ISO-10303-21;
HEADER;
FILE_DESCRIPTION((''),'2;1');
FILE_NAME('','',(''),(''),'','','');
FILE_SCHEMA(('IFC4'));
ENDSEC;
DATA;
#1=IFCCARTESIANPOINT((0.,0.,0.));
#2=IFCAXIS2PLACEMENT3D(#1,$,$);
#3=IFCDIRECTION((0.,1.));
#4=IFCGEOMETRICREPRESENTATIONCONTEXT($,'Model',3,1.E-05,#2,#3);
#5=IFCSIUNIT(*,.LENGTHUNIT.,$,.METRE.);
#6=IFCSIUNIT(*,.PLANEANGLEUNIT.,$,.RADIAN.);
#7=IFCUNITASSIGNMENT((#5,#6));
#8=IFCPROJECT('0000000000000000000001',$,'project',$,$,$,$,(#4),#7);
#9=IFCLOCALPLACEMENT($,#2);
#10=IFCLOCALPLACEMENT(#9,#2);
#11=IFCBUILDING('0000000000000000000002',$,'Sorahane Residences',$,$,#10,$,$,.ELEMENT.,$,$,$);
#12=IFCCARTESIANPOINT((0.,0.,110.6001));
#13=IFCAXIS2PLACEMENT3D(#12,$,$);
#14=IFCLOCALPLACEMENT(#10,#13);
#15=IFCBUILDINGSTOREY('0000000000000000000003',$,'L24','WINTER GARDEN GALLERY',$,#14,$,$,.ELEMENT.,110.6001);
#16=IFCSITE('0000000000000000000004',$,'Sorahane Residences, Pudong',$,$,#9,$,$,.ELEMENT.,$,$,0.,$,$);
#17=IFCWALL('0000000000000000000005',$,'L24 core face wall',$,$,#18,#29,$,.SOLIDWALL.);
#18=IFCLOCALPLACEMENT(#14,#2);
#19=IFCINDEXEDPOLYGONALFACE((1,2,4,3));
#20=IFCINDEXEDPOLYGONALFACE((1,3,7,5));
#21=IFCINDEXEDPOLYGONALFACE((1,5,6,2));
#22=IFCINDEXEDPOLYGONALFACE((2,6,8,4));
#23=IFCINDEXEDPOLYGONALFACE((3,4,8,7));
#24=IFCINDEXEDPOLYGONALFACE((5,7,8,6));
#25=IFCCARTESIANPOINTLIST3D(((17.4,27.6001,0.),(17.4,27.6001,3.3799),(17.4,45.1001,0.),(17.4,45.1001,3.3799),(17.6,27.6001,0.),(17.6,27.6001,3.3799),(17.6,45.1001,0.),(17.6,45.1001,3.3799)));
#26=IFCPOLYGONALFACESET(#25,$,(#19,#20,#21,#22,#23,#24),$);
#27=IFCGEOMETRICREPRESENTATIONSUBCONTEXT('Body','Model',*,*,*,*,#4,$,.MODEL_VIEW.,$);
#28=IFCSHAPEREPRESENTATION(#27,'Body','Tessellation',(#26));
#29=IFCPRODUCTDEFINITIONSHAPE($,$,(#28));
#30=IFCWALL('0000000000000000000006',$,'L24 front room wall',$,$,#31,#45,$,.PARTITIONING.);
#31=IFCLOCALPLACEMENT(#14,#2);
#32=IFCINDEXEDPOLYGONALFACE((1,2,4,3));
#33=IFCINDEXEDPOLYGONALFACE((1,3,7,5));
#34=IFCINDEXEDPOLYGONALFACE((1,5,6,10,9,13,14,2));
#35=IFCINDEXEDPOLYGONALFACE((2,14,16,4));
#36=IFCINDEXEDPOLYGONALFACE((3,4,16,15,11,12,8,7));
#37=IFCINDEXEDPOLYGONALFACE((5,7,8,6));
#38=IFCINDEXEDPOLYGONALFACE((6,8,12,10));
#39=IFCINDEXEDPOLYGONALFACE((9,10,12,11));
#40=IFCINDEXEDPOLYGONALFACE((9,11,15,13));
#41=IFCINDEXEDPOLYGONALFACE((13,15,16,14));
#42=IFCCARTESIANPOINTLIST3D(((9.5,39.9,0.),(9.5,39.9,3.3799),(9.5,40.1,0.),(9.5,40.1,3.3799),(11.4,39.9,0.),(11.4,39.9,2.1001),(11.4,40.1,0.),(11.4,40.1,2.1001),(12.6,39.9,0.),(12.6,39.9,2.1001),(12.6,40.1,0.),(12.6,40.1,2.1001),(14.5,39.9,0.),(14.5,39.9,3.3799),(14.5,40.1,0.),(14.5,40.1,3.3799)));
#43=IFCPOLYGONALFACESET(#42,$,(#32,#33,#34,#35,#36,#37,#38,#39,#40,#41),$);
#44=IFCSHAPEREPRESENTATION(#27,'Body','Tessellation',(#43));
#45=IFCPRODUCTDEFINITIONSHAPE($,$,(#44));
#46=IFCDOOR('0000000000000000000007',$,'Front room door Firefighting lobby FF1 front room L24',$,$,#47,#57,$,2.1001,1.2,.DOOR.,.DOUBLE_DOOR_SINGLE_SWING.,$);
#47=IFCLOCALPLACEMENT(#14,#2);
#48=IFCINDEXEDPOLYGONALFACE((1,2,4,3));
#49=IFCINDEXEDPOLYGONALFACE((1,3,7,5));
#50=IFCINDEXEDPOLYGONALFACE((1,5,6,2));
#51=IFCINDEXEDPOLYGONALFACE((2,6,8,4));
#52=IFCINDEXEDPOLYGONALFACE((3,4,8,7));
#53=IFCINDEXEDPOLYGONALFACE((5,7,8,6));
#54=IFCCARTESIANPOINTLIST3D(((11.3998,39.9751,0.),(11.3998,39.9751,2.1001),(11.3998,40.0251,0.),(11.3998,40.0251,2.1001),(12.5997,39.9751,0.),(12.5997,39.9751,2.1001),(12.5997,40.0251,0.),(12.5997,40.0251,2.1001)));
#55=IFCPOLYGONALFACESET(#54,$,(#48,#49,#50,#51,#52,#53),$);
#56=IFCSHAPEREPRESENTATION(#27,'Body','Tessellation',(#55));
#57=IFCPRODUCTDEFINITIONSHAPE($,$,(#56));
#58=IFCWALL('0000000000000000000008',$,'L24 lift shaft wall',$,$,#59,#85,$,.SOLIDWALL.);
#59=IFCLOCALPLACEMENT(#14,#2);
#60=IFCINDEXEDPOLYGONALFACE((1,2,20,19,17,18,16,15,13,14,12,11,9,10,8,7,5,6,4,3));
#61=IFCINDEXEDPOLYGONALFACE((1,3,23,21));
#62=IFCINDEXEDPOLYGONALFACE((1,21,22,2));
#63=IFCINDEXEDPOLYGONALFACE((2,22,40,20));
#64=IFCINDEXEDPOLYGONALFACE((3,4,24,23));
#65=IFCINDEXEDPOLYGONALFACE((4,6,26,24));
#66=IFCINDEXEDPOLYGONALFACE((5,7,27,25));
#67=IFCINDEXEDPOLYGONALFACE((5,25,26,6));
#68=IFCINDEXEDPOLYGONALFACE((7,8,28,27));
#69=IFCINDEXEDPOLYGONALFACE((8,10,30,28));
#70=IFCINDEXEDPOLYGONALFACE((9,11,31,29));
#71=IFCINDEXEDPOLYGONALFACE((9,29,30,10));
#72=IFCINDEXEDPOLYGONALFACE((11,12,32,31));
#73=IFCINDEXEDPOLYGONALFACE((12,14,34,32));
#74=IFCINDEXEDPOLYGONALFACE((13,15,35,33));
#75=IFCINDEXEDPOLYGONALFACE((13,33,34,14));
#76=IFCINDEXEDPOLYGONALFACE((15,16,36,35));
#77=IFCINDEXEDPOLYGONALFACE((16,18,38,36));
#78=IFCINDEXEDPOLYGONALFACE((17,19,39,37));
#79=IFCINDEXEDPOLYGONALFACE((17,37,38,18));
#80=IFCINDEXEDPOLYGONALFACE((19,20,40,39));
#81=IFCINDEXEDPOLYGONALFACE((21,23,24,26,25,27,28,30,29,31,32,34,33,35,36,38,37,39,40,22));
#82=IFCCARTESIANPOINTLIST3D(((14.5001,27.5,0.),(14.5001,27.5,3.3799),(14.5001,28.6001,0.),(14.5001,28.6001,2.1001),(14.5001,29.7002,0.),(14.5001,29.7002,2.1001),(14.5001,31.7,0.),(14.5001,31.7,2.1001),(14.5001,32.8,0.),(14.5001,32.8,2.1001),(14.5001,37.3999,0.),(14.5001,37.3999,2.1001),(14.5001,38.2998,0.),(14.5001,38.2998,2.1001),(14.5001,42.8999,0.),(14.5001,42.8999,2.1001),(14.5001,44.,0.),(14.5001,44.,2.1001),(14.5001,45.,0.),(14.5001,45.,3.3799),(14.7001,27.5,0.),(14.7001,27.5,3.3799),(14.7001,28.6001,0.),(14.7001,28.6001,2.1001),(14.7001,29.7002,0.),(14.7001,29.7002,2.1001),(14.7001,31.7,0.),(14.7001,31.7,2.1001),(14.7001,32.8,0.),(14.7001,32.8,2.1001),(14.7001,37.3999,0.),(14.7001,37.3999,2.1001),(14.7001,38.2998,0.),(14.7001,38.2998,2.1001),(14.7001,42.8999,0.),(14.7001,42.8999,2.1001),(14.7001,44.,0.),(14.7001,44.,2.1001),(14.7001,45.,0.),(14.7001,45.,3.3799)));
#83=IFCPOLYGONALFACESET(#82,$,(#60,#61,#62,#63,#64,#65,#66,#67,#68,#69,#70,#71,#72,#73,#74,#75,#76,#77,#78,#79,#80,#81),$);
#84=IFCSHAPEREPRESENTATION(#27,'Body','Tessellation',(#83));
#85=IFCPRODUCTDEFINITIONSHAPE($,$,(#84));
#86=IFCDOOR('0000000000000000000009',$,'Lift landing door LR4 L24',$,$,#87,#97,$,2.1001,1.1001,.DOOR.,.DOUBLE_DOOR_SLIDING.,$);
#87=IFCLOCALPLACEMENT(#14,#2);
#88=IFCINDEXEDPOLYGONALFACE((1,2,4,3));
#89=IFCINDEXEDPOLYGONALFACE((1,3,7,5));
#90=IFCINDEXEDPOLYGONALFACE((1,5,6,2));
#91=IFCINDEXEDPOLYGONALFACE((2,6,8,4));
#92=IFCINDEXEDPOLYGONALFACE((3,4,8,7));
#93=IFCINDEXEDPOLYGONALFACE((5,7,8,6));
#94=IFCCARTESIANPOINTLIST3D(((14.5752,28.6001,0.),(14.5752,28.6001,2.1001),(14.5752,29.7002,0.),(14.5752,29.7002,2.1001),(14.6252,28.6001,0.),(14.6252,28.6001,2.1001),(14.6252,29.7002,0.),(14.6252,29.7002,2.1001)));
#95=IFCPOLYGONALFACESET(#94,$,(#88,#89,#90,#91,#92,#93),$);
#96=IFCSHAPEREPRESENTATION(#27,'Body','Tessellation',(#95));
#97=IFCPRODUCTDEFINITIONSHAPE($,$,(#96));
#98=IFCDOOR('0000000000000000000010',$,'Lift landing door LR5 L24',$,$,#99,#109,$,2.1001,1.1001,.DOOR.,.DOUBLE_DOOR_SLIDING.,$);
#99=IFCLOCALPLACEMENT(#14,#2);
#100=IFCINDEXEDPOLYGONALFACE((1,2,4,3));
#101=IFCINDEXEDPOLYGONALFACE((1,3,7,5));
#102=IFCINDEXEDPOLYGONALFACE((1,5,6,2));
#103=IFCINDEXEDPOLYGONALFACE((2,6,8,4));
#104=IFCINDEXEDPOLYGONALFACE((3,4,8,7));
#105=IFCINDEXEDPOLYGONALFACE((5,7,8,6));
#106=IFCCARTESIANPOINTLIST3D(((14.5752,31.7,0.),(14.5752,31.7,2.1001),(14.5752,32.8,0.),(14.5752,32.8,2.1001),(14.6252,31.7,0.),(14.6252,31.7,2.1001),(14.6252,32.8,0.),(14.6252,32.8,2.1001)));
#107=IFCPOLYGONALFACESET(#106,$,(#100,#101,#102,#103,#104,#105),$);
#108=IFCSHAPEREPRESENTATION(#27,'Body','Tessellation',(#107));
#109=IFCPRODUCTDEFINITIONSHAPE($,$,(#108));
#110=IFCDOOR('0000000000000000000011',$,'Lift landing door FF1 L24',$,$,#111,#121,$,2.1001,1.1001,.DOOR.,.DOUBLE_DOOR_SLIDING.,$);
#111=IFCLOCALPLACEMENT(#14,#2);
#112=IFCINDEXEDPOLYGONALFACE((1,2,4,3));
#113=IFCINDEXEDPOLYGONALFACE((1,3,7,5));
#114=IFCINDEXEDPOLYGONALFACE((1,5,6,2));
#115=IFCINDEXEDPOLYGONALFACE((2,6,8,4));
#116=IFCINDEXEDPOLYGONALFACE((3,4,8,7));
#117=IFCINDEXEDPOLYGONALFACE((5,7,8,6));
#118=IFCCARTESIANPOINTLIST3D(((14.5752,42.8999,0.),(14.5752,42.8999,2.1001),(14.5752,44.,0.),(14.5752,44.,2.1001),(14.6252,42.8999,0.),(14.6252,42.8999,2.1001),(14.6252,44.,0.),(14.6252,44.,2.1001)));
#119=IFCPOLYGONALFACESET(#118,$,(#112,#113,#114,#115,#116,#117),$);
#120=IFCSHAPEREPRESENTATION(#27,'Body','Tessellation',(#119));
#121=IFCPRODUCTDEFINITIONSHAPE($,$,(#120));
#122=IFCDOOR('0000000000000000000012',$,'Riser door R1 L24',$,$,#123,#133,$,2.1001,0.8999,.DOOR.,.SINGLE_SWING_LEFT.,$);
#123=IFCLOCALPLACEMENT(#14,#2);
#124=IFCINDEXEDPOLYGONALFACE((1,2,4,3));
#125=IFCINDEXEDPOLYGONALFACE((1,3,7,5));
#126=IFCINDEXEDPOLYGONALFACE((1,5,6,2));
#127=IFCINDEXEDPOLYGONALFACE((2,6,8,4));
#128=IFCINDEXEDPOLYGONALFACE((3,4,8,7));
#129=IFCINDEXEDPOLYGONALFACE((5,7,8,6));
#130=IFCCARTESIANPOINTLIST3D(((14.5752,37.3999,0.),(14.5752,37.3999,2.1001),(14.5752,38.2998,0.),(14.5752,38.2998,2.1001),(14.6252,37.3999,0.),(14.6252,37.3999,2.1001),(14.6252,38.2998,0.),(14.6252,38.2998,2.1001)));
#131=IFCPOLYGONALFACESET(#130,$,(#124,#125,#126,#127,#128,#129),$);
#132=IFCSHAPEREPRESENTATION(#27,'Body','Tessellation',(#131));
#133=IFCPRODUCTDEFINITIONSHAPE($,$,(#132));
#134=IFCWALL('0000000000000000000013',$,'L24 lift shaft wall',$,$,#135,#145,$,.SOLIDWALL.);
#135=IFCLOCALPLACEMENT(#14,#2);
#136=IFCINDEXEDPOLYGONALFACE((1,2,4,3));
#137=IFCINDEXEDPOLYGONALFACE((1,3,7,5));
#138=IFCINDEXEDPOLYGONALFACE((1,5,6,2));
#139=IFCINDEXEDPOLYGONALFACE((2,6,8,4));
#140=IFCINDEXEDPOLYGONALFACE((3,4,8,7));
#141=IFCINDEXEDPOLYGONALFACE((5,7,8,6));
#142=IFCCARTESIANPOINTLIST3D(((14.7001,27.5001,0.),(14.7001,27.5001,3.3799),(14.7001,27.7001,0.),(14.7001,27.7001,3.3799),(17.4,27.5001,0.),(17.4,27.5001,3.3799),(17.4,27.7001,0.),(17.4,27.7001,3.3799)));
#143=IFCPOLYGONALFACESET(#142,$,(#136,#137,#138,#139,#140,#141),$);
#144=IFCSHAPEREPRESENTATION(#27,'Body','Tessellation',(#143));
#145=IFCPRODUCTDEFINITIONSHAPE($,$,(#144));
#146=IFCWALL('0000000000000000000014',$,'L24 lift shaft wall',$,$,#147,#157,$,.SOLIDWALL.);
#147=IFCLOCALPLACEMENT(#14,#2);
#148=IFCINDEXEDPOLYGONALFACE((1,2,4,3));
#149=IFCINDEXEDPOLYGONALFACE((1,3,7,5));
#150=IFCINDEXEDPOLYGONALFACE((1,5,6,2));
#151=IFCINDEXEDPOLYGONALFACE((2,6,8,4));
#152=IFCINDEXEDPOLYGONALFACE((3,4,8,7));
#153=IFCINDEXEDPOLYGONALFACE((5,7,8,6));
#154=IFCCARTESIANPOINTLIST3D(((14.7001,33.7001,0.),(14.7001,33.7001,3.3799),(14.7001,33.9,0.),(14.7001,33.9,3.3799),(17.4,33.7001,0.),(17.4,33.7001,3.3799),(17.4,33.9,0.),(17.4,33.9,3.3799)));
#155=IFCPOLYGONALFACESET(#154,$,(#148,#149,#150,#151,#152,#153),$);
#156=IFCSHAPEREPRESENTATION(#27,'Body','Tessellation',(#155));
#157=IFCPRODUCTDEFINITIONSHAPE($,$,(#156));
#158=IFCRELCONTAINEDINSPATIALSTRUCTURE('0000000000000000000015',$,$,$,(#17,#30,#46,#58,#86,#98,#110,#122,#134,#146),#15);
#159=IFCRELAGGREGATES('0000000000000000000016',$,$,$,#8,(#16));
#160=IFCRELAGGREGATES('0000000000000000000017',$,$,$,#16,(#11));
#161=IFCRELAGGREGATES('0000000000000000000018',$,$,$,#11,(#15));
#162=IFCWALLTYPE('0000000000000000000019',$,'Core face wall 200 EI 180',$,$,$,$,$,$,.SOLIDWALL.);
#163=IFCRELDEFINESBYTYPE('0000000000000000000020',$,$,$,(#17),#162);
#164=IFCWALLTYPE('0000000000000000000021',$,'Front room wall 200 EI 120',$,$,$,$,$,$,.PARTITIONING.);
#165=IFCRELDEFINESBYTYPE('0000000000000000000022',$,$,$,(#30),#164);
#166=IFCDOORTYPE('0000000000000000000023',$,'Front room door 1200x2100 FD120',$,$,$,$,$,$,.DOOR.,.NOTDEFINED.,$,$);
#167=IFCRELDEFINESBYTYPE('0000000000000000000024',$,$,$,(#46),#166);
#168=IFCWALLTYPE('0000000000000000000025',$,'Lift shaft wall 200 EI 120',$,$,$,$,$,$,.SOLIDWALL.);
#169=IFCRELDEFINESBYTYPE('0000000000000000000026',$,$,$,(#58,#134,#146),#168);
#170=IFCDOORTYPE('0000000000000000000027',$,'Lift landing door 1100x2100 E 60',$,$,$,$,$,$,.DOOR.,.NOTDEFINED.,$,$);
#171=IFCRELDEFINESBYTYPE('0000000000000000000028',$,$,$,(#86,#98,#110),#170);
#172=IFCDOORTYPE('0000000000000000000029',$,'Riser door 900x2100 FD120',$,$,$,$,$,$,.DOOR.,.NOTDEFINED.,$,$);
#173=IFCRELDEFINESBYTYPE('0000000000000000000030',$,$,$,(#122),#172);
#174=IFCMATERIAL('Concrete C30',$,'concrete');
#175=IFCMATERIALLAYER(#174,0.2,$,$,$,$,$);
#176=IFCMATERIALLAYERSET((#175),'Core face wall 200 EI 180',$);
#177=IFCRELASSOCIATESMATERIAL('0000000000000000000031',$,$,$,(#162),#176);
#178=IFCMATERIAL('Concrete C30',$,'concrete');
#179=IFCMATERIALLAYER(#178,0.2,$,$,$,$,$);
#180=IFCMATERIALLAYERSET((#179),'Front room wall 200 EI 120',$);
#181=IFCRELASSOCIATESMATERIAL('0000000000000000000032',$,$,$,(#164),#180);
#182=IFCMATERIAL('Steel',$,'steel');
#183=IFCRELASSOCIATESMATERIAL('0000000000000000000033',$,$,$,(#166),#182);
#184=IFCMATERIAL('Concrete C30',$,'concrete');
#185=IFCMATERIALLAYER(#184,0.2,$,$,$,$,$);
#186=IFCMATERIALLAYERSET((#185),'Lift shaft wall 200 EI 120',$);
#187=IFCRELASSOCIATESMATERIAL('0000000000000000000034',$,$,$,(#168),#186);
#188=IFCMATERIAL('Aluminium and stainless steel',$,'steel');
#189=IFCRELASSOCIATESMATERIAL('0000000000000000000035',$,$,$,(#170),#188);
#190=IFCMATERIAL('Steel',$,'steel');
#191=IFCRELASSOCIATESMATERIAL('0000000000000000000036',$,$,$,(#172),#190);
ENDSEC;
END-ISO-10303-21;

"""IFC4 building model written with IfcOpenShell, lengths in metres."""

from ifc_helpers import new_model, si_unit, direction, frame, frame_2d, origin, place, context, subcontext, project, spatial, rectangle, extrude, material, layer, layer_set, type_object, element, fill, save


model = new_model("IFC4")

# Units and contexts
model_context = context("Model", 3, precision=1e-05, world=origin(), true_north=direction((0.0, 1.0)))
body_context = subcontext(model_context, "Body", "Model", "MODEL_VIEW")
ifc_project = project(units=[si_unit("LENGTHUNIT", "METRE"), si_unit("PLANEANGLEUNIT", "RADIAN")], contexts=[model_context])

# Site, building, storey
site_placement = place(None, origin())
site = spatial("IfcSite", under=ifc_project, at=site_placement, Name="Sorahane Residences, Pudong", CompositionType="ELEMENT", RefElevation=0.0)
building_placement = place(site_placement, origin())
building = spatial("IfcBuilding", under=site, at=building_placement, Name="Sorahane Residences", CompositionType="ELEMENT")
storey_placement = place(building_placement, frame((0.0, 0.0, 110.6001)))
storey = spatial("IfcBuildingStorey", under=building, at=storey_placement, Name="L24", Description="WINTER GARDEN GALLERY", CompositionType="ELEMENT", Elevation=110.6001)

# Wall
ifc_material_1 = material(Name="Concrete C30", Category="concrete")
ifc_layer_1 = layer(ifc_material_1, 0.2)
ifc_layer_set_1 = layer_set([ifc_layer_1], Name="Core face wall 200 EI 180")
wall_type_1 = type_object("IfcWallType", Name="Core face wall 200 EI 180", PredefinedType="SOLIDWALL", material=ifc_layer_set_1)
wall_1_placement = place(storey_placement, frame((17.5, 27.6001, 0.0), z_axis=(0.0, 0.0, 1.0), x_axis=(0.0, 1.0, 0.0)))
element("IfcWall", 1, at=wall_1_placement, inside=storey, type_object=wall_type_1, Name="L24 core face wall", PredefinedType="SOLIDWALL", context=body_context, shape_type="SweptSolid", body=[
    extrude(rectangle(XDim=17.5, YDim=0.2, at=frame_2d((8.75, 0.0))), origin(), (0.0, 0.0, 1.0), 3.3799),
])

# Wall, opening, door
ifc_material_2 = material(Name="Concrete C30", Category="concrete")
ifc_layer_2 = layer(ifc_material_2, 0.2)
ifc_layer_set_2 = layer_set([ifc_layer_2], Name="Front room wall 200 EI 120")
wall_type_2 = type_object("IfcWallType", Name="Front room wall 200 EI 120", PredefinedType="PARTITIONING", material=ifc_layer_set_2)
wall_2_placement = place(storey_placement, frame((9.5, 40.0, 0.0), z_axis=(0.0, 0.0, 1.0), x_axis=(1.0, 0.0, 0.0)))
wall_2 = element("IfcWall", 2, at=wall_2_placement, inside=storey, type_object=wall_type_2, Name="L24 front room wall", PredefinedType="PARTITIONING", context=body_context, shape_type="SweptSolid", body=[
    extrude(rectangle(XDim=5.0, YDim=0.2, at=frame_2d((2.5, 0.0))), origin(), (0.0, 0.0, 1.0), 3.3799),
])
opening_1_placement = place(wall_2_placement, frame((1.8999, 0.0, 0.0)))
opening_1 = element("IfcOpeningElement", 3, at=opening_1_placement, cuts=wall_2, PredefinedType="OPENING", context=body_context, shape_type="SweptSolid", body=[
    extrude(rectangle(XDim=1.2, YDim=2.1001, at=frame_2d((0.6001, 1.05))), frame((0.0, 0.1099, 0.0), z_axis=(0.0, -1.0, 0.0), x_axis=(1.0, 0.0, 0.0)), (0.0, 0.0, 1.0), 0.22),
])
ifc_material_3 = material(Name="Steel", Category="steel")
door_type_1 = type_object("IfcDoorType", Name="Front room door 1200x2100 FD120", OperationType="NOTDEFINED", PredefinedType="DOOR", material=ifc_material_3)
door_1_placement = place(opening_1_placement, frame((1.2, 0.0, 0.0), z_axis=(0.0, 0.0, 1.0), x_axis=(-1.0, 0.0, 0.0)))
door_1 = element("IfcDoor", 4, at=door_1_placement, inside=storey, type_object=door_type_1, Name="Front room door Firefighting lobby FF1 front room L24", OperationType="DOUBLE_DOOR_SINGLE_SWING", OverallHeight=2.1001, OverallWidth=1.2, PredefinedType="DOOR", context=body_context, shape_type="SweptSolid", body=[
    extrude(rectangle(XDim=1.2, YDim=2.1001, at=frame_2d((0.6001, 1.05))), frame((0.0, 0.0249, 0.0), z_axis=(0.0, -1.0, 0.0), x_axis=(1.0, 0.0, 0.0)), (0.0, 0.0, 1.0), 0.05),
])
fill(opening_1, door_1)

# Wall, openings, doors
ifc_material_4 = material(Name="Concrete C30", Category="concrete")
ifc_layer_3 = layer(ifc_material_4, 0.2)
ifc_layer_set_3 = layer_set([ifc_layer_3], Name="Lift shaft wall 200 EI 120")
wall_type_3 = type_object("IfcWallType", Name="Lift shaft wall 200 EI 120", PredefinedType="SOLIDWALL", material=ifc_layer_set_3)
wall_3_placement = place(storey_placement, frame((14.6001, 27.5, 0.0), z_axis=(0.0, 0.0, 1.0), x_axis=(0.0, 1.0, 0.0)))
wall_3 = element("IfcWall", 5, at=wall_3_placement, inside=storey, type_object=wall_type_3, Name="L24 lift shaft wall", PredefinedType="SOLIDWALL", context=body_context, shape_type="SweptSolid", body=[
    extrude(rectangle(XDim=17.5, YDim=0.2, at=frame_2d((8.75, 0.0))), origin(), (0.0, 0.0, 1.0), 3.3799),
])
opening_2_placement = place(wall_3_placement, frame((1.1001, 0.0, 0.0)))
opening_2 = element("IfcOpeningElement", 6, at=opening_2_placement, cuts=wall_3, PredefinedType="OPENING", context=body_context, shape_type="SweptSolid", body=[
    extrude(rectangle(XDim=1.1001, YDim=2.1001, at=frame_2d((0.55, 1.05))), frame((0.0, 0.1099, 0.0), z_axis=(0.0, -1.0, 0.0), x_axis=(1.0, 0.0, 0.0)), (0.0, 0.0, 1.0), 0.22),
])
opening_3_placement = place(wall_3_placement, frame((4.2, 0.0, 0.0)))
opening_3 = element("IfcOpeningElement", 7, at=opening_3_placement, cuts=wall_3, PredefinedType="OPENING", context=body_context, shape_type="SweptSolid", body=[
    extrude(rectangle(XDim=1.1001, YDim=2.1001, at=frame_2d((0.55, 1.05))), frame((0.0, 0.1099, 0.0), z_axis=(0.0, -1.0, 0.0), x_axis=(1.0, 0.0, 0.0)), (0.0, 0.0, 1.0), 0.22),
])
opening_4_placement = place(wall_3_placement, frame((15.3999, 0.0, 0.0)))
opening_4 = element("IfcOpeningElement", 8, at=opening_4_placement, cuts=wall_3, PredefinedType="OPENING", context=body_context, shape_type="SweptSolid", body=[
    extrude(rectangle(XDim=1.1001, YDim=2.1001, at=frame_2d((0.55, 1.05))), frame((0.0, 0.1099, 0.0), z_axis=(0.0, -1.0, 0.0), x_axis=(1.0, 0.0, 0.0)), (0.0, 0.0, 1.0), 0.22),
])
opening_5_placement = place(wall_3_placement, frame((9.8999, 0.0, 0.0)))
opening_5 = element("IfcOpeningElement", 9, at=opening_5_placement, cuts=wall_3, PredefinedType="OPENING", context=body_context, shape_type="SweptSolid", body=[
    extrude(rectangle(XDim=0.8999, YDim=2.1001, at=frame_2d((0.45, 1.05))), frame((0.0, 0.1099, 0.0), z_axis=(0.0, -1.0, 0.0), x_axis=(1.0, 0.0, 0.0)), (0.0, 0.0, 1.0), 0.22),
])
ifc_material_5 = material(Name="Aluminium and stainless steel", Category="steel")
door_type_2 = type_object("IfcDoorType", Name="Lift landing door 1100x2100 E 60", OperationType="NOTDEFINED", PredefinedType="DOOR", material=ifc_material_5)
door_2_placement = place(opening_2_placement, origin())
door_2 = element("IfcDoor", 10, at=door_2_placement, inside=storey, type_object=door_type_2, Name="Lift landing door LR4 L24", OperationType="DOUBLE_DOOR_SLIDING", OverallHeight=2.1001, OverallWidth=1.1001, PredefinedType="DOOR", context=body_context, shape_type="SweptSolid", body=[
    extrude(rectangle(XDim=1.1001, YDim=2.1001, at=frame_2d((0.55, 1.05))), frame((0.0, 0.0249, 0.0), z_axis=(0.0, -1.0, 0.0), x_axis=(1.0, 0.0, 0.0)), (0.0, 0.0, 1.0), 0.05),
])
fill(opening_2, door_2)
door_3_placement = place(opening_3_placement, origin())
door_3 = element("IfcDoor", 11, at=door_3_placement, inside=storey, type_object=door_type_2, Name="Lift landing door LR5 L24", OperationType="DOUBLE_DOOR_SLIDING", OverallHeight=2.1001, OverallWidth=1.1001, PredefinedType="DOOR", context=body_context, shape_type="SweptSolid", body=[
    extrude(rectangle(XDim=1.1001, YDim=2.1001, at=frame_2d((0.55, 1.05))), frame((0.0, 0.0249, 0.0), z_axis=(0.0, -1.0, 0.0), x_axis=(1.0, 0.0, 0.0)), (0.0, 0.0, 1.0), 0.05),
])
fill(opening_3, door_3)
door_4_placement = place(opening_4_placement, origin())
door_4 = element("IfcDoor", 12, at=door_4_placement, inside=storey, type_object=door_type_2, Name="Lift landing door FF1 L24", OperationType="DOUBLE_DOOR_SLIDING", OverallHeight=2.1001, OverallWidth=1.1001, PredefinedType="DOOR", context=body_context, shape_type="SweptSolid", body=[
    extrude(rectangle(XDim=1.1001, YDim=2.1001, at=frame_2d((0.55, 1.05))), frame((0.0, 0.0249, 0.0), z_axis=(0.0, -1.0, 0.0), x_axis=(1.0, 0.0, 0.0)), (0.0, 0.0, 1.0), 0.05),
])
fill(opening_4, door_4)
ifc_material_6 = material(Name="Steel", Category="steel")
door_type_3 = type_object("IfcDoorType", Name="Riser door 900x2100 FD120", OperationType="NOTDEFINED", PredefinedType="DOOR", material=ifc_material_6)
door_5_placement = place(opening_5_placement, origin())
door_5 = element("IfcDoor", 13, at=door_5_placement, inside=storey, type_object=door_type_3, Name="Riser door R1 L24", OperationType="SINGLE_SWING_LEFT", OverallHeight=2.1001, OverallWidth=0.8999, PredefinedType="DOOR", context=body_context, shape_type="SweptSolid", body=[
    extrude(rectangle(XDim=0.8999, YDim=2.1001, at=frame_2d((0.45, 1.05))), frame((0.0, 0.0249, 0.0), z_axis=(0.0, -1.0, 0.0), x_axis=(1.0, 0.0, 0.0)), (0.0, 0.0, 1.0), 0.05),
])
fill(opening_5, door_5)

# Walls
for number, where, z_axis, x_axis, name in (
    (14, (14.7, 27.6001, 0.0), (0.0, 0.0, 1.0), (1.0, 0.0, 0.0), "L24 lift shaft wall"),
    (15, (14.7, 33.8, 0.0), (0.0, 0.0, 1.0), (1.0, 0.0, 0.0), "L24 lift shaft wall"),
):
    element("IfcWall", number, at=place(storey_placement, frame(where, z_axis=z_axis, x_axis=x_axis)), inside=storey, type_object=wall_type_3, Name=name, PredefinedType="SOLIDWALL", context=body_context, shape_type="SweptSolid", body=[
        extrude(rectangle(XDim=2.7, YDim=0.2, at=frame_2d((1.3501, 0.0))), origin(), (0.0, 0.0, 1.0), 3.3799),
    ])

save(model, "model.ifc")
